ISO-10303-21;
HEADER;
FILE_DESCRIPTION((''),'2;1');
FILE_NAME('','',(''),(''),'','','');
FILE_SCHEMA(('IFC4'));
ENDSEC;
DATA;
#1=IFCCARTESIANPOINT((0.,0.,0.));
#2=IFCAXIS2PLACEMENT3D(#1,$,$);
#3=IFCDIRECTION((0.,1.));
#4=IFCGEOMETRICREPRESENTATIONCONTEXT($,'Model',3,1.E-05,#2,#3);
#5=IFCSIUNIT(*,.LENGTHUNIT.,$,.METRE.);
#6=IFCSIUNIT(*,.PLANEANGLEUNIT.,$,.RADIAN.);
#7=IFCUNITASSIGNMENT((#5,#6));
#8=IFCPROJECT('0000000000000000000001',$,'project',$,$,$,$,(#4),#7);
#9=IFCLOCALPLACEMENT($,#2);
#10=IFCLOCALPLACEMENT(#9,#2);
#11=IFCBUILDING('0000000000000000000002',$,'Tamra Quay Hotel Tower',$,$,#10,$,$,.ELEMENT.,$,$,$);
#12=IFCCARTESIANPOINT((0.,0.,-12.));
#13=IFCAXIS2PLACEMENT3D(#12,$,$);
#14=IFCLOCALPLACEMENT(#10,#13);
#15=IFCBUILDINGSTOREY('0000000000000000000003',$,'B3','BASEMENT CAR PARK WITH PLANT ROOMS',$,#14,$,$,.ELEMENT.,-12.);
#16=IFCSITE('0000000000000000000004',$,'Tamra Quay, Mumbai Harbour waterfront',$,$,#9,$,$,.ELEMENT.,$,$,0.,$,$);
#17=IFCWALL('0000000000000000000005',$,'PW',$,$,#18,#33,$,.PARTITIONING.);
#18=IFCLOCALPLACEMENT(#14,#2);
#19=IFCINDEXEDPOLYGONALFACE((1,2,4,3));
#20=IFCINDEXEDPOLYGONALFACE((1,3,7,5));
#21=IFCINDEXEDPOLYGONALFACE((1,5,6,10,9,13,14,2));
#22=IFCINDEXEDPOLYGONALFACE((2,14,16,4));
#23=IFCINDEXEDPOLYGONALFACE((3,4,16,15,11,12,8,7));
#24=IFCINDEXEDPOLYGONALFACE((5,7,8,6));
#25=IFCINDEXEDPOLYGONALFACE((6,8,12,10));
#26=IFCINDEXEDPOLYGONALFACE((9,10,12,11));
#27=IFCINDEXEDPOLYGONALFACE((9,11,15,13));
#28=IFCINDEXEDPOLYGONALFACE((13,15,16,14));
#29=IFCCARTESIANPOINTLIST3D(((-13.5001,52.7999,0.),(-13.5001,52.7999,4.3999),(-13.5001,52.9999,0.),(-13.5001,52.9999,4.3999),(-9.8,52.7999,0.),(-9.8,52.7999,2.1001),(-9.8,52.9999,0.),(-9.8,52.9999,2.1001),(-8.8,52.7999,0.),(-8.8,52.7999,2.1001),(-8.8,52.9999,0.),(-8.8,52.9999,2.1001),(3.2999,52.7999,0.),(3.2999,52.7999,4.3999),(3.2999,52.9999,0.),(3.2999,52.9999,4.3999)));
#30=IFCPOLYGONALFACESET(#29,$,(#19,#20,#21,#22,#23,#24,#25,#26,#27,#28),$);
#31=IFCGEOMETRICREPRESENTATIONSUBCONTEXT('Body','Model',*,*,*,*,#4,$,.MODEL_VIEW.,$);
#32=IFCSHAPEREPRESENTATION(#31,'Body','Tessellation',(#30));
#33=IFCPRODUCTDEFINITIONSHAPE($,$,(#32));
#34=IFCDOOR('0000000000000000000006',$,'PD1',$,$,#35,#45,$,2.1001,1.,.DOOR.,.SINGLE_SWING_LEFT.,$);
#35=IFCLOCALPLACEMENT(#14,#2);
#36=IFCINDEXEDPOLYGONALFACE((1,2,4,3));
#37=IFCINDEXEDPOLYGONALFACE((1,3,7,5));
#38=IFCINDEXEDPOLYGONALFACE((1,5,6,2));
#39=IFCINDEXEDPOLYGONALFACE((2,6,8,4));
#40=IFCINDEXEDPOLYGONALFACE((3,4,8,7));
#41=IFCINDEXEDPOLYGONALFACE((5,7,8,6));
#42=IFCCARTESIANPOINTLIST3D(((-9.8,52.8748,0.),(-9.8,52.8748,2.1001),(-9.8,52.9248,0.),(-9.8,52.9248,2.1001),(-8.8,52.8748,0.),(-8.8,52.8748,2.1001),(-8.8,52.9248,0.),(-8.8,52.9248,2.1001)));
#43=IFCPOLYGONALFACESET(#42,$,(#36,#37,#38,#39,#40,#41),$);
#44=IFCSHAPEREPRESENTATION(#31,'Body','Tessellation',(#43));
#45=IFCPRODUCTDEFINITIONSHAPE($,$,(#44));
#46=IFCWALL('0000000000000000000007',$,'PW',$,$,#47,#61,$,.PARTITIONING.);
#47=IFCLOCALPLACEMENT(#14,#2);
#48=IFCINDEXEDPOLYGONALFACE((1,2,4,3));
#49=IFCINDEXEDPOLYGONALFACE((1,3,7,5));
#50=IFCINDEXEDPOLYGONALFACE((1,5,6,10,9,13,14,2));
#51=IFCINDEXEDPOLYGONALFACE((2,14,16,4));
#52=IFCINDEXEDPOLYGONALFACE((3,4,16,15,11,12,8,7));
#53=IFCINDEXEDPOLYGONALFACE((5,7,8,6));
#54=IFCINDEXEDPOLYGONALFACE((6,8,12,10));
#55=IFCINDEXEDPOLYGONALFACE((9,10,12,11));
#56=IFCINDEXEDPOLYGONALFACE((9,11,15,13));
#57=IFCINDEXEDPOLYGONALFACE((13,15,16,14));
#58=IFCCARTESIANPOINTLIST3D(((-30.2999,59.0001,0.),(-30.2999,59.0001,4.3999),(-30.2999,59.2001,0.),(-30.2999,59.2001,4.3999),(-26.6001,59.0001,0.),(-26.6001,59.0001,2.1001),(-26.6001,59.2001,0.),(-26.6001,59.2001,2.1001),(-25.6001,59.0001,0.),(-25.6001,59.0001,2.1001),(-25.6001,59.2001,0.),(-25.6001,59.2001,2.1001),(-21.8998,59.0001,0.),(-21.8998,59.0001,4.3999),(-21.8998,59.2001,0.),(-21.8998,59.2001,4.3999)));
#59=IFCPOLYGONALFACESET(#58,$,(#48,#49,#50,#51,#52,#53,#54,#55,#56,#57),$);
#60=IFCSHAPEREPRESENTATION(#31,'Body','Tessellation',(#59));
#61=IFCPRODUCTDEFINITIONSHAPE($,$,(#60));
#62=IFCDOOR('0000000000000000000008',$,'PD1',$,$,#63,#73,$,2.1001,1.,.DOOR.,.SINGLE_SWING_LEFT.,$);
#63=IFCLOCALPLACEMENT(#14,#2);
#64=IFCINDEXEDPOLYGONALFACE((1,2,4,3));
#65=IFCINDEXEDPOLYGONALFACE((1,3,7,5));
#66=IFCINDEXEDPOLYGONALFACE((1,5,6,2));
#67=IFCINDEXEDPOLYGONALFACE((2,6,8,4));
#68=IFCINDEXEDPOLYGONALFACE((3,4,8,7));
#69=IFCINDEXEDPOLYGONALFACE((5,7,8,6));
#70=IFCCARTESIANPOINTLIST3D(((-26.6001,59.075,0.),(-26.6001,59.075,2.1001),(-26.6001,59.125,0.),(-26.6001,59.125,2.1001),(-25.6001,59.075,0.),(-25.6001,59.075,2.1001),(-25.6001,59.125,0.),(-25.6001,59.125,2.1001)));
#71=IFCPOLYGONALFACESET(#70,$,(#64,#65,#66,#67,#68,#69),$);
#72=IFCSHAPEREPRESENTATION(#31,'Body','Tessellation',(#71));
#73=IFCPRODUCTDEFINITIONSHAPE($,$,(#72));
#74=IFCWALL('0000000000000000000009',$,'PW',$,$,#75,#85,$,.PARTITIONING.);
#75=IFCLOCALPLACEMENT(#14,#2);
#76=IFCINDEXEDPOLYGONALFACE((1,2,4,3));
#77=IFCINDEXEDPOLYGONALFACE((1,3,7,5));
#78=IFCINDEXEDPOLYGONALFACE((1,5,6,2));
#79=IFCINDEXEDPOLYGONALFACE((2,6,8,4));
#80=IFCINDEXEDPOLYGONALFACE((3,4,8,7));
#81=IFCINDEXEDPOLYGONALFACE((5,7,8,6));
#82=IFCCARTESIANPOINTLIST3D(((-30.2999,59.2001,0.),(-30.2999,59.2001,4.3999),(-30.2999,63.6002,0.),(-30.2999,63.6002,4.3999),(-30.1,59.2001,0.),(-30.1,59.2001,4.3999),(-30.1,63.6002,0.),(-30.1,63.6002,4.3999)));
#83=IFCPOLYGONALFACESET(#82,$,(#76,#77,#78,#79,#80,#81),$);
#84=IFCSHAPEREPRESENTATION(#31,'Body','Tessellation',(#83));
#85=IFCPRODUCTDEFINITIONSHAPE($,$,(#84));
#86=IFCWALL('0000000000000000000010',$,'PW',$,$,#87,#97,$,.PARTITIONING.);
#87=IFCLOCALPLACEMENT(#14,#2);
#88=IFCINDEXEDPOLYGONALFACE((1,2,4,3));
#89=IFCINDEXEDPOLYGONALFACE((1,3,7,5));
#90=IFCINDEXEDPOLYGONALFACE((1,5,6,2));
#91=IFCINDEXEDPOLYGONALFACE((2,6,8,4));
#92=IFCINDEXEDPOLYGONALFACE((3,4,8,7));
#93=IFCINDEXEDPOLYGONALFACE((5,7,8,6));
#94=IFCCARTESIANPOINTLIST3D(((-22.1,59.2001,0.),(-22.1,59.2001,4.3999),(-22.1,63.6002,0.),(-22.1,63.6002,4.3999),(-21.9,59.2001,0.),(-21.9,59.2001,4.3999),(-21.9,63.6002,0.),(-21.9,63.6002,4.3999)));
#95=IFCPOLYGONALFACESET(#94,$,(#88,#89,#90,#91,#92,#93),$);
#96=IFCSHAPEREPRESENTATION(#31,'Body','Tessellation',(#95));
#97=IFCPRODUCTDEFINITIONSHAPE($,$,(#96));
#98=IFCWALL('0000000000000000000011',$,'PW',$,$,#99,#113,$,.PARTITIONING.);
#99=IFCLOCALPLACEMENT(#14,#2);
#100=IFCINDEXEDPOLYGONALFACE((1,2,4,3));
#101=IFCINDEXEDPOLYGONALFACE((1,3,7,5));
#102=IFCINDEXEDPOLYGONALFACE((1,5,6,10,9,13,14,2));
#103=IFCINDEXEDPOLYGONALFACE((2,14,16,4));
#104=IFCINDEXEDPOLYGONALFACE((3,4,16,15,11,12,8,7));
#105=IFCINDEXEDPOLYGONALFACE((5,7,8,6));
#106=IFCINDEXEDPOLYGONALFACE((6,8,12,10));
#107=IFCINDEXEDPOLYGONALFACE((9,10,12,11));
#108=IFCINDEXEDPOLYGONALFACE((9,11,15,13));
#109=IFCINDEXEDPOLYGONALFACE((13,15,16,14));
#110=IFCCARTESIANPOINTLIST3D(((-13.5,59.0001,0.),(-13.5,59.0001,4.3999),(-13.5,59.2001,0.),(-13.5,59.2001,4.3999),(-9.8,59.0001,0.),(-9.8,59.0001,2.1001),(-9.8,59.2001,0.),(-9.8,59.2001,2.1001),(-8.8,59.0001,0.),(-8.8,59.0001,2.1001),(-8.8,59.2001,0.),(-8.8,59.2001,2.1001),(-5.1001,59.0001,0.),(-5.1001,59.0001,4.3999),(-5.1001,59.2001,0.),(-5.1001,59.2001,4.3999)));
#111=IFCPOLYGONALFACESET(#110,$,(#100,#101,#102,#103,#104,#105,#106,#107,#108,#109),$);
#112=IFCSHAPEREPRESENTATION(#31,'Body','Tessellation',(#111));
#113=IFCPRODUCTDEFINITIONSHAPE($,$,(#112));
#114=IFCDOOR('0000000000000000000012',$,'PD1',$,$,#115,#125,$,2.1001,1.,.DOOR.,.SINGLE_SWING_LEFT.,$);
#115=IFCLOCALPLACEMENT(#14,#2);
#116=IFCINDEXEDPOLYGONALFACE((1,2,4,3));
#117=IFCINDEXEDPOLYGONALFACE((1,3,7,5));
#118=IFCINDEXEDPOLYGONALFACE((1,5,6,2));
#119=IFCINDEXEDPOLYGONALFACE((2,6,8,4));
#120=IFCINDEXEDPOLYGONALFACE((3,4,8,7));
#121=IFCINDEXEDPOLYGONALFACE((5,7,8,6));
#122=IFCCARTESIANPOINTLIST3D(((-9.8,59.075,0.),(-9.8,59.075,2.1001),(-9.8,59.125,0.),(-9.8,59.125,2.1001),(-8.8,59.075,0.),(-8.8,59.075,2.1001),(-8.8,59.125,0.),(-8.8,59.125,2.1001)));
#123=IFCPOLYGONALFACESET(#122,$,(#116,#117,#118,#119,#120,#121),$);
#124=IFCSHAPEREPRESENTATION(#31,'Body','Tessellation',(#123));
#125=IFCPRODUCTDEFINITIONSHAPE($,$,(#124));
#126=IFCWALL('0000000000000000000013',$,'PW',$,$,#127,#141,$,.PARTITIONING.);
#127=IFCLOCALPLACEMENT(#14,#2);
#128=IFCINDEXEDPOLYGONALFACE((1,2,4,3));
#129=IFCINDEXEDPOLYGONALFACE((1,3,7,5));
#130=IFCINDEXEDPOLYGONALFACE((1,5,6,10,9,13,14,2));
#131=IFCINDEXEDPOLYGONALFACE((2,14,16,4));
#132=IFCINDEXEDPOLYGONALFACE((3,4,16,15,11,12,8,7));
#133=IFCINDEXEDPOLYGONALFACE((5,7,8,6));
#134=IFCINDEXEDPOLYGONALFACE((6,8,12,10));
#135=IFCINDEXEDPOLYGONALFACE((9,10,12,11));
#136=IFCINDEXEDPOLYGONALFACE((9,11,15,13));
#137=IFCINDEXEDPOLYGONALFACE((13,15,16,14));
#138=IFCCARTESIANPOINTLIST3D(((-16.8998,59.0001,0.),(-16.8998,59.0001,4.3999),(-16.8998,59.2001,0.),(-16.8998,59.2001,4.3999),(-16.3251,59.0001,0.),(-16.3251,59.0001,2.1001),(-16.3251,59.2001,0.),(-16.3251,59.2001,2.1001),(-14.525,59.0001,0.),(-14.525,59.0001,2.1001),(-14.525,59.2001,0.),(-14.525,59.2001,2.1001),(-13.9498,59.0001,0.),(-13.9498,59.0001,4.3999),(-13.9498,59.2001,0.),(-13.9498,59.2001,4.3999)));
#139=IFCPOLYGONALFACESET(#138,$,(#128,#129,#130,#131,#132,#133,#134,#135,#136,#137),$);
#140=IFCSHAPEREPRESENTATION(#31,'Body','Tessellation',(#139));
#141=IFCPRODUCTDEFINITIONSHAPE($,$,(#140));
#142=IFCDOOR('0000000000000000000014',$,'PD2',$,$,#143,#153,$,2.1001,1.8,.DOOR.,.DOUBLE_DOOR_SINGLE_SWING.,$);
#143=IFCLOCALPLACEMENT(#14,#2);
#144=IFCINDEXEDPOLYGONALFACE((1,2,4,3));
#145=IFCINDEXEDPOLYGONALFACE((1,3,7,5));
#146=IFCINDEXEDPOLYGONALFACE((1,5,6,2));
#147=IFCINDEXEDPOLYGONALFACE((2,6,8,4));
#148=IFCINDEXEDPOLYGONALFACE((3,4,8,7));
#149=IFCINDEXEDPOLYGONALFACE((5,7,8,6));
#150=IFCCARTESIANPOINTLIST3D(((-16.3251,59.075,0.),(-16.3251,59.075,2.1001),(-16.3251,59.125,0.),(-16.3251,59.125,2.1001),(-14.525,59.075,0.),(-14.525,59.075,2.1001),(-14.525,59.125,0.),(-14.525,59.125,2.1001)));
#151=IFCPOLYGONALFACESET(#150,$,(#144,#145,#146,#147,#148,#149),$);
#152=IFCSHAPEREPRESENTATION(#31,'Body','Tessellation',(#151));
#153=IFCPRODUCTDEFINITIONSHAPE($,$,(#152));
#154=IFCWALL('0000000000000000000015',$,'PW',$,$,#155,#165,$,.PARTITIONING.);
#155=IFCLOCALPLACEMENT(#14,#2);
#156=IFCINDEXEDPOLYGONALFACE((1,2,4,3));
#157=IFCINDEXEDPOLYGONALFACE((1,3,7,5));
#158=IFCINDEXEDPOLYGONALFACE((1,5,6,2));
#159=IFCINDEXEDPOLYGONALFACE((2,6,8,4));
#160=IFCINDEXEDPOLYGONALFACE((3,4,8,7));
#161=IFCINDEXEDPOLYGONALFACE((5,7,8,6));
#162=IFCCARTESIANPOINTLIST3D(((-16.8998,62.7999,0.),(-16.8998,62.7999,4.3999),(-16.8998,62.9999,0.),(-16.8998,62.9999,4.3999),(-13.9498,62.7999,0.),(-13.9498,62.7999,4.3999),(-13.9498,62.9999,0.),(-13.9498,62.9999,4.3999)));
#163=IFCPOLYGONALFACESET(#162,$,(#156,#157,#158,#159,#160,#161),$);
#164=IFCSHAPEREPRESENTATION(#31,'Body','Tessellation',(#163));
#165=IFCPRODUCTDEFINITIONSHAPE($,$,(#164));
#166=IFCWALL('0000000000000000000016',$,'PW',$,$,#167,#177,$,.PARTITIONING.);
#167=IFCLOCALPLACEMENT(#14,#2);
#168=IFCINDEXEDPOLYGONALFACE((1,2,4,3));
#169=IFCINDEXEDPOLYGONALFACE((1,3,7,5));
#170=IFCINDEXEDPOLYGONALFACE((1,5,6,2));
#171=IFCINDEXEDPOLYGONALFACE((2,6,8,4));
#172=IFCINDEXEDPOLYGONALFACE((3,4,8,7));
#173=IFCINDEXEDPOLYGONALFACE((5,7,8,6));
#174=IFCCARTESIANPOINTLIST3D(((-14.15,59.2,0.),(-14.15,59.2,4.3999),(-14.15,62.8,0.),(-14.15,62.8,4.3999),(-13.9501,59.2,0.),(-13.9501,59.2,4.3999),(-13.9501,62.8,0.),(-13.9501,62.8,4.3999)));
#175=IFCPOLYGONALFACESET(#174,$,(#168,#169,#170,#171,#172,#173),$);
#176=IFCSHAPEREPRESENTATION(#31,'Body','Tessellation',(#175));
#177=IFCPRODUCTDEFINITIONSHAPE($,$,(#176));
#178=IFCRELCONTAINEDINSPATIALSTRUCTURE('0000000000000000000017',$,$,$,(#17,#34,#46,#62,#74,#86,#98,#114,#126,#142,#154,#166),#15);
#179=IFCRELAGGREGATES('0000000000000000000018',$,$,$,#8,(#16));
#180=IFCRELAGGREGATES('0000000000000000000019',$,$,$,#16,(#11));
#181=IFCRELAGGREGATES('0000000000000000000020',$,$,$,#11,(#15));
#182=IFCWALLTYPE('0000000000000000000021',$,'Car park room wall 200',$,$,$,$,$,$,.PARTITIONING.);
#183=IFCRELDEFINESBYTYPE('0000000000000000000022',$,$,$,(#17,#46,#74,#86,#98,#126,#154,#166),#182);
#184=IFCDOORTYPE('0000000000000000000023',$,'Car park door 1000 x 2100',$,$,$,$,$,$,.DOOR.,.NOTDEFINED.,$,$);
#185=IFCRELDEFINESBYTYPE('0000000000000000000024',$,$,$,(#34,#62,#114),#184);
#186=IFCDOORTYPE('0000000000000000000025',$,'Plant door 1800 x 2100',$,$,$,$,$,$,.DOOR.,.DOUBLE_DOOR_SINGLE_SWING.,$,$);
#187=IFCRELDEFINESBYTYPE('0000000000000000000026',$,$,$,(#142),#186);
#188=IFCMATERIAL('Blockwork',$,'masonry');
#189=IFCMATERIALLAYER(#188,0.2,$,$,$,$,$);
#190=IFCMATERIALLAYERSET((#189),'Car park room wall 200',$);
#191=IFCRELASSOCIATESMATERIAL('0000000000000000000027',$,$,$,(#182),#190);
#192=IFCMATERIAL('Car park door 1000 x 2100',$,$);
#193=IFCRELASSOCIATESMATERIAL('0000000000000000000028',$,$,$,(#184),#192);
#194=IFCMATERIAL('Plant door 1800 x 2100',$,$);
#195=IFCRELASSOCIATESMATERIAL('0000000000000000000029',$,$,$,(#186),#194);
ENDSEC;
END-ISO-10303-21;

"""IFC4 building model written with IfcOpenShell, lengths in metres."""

from ifc_helpers import new_model, si_unit, direction, frame, frame_2d, origin, place, context, subcontext, project, spatial, rectangle, extrude, material, layer, layer_set, type_object, element, fill, save


model = new_model("IFC4")

# Units and contexts
model_context = context("Model", 3, precision=1e-05, world=origin(), true_north=direction((0.0, 1.0)))
body_context = subcontext(model_context, "Body", "Model", "MODEL_VIEW")
ifc_project = project(units=[si_unit("LENGTHUNIT", "METRE"), si_unit("PLANEANGLEUNIT", "RADIAN")], contexts=[model_context])

# Site, building, storey
site_placement = place(None, origin())
site = spatial("IfcSite", under=ifc_project, at=site_placement, Name="Tamra Quay, Mumbai Harbour waterfront", CompositionType="ELEMENT", RefElevation=0.0)
building_placement = place(site_placement, origin())
building = spatial("IfcBuilding", under=site, at=building_placement, Name="Tamra Quay Hotel Tower", CompositionType="ELEMENT")
storey_placement = place(building_placement, frame((0.0, 0.0, -12.0)))
storey = spatial("IfcBuildingStorey", under=building, at=storey_placement, Name="B3", Description="BASEMENT CAR PARK WITH PLANT ROOMS", CompositionType="ELEMENT", Elevation=-12.0)

# Shared definitions
ifc_material_1 = material(Name="Blockwork", Category="masonry")
ifc_layer_1 = layer(ifc_material_1, 0.2)
ifc_layer_set_1 = layer_set([ifc_layer_1], Name="Car park room wall 200")
wall_type_1 = type_object("IfcWallType", Name="Car park room wall 200", PredefinedType="PARTITIONING", material=ifc_layer_set_1)

# Shared definitions
ifc_material_2 = material(Name="Car park door 1000 x 2100")
door_type_1 = type_object("IfcDoorType", Name="Car park door 1000 x 2100", OperationType="NOTDEFINED", PredefinedType="DOOR", material=ifc_material_2)

# Walls, openings, doors
wall_1_placement = place(storey_placement, frame((-13.5, 52.8999, 0.0), z_axis=(0.0, 0.0, 1.0), x_axis=(1.0, 0.0, 0.0)))
wall_1 = element("IfcWall", 1, at=wall_1_placement, inside=storey, type_object=wall_type_1, Name="PW", PredefinedType="PARTITIONING", context=body_context, shape_type="SweptSolid", body=[
    extrude(rectangle(XDim=16.8, YDim=0.2, at=frame_2d((8.3999, 0.0))), origin(), (0.0, 0.0, 1.0), 4.3999),
])
opening_1_placement = place(wall_1_placement, frame((3.7, 0.0, 0.0)))
opening_1 = element("IfcOpeningElement", 2, at=opening_1_placement, cuts=wall_1, PredefinedType="OPENING", context=body_context, shape_type="SweptSolid", body=[
    extrude(rectangle(XDim=1.0, YDim=2.1001, at=frame_2d((0.5, 1.05))), frame((0.0, 0.1099, 0.0), z_axis=(0.0, -1.0, 0.0), x_axis=(1.0, 0.0, 0.0)), (0.0, 0.0, 1.0), 0.22),
])
door_1_placement = place(opening_1_placement, origin())
door_1 = element("IfcDoor", 3, at=door_1_placement, inside=storey, type_object=door_type_1, Name="PD1", OperationType="SINGLE_SWING_LEFT", OverallHeight=2.1001, OverallWidth=1.0, PredefinedType="DOOR", context=body_context, shape_type="SweptSolid", body=[
    extrude(rectangle(XDim=1.0, YDim=2.1001, at=frame_2d((0.5, 1.05))), frame((0.0, 0.0249, 0.0), z_axis=(0.0, -1.0, 0.0), x_axis=(1.0, 0.0, 0.0)), (0.0, 0.0, 1.0), 0.05),
])
fill(opening_1, door_1)
wall_2_placement = place(storey_placement, frame((-30.3, 59.1001, 0.0), z_axis=(0.0, 0.0, 1.0), x_axis=(1.0, 0.0, 0.0)))
wall_2 = element("IfcWall", 4, at=wall_2_placement, inside=storey, type_object=wall_type_1, Name="PW", PredefinedType="PARTITIONING", context=body_context, shape_type="SweptSolid", body=[
    extrude(rectangle(XDim=8.4001, YDim=0.2, at=frame_2d((4.2002, 0.0))), origin(), (0.0, 0.0, 1.0), 4.3999),
])
opening_2_placement = place(wall_2_placement, frame((3.7, 0.0, 0.0)))
opening_2 = element("IfcOpeningElement", 5, at=opening_2_placement, cuts=wall_2, PredefinedType="OPENING", context=body_context, shape_type="SweptSolid", body=[
    extrude(rectangle(XDim=1.0, YDim=2.1001, at=frame_2d((0.5, 1.05))), frame((0.0, 0.1099, 0.0), z_axis=(0.0, -1.0, 0.0), x_axis=(1.0, 0.0, 0.0)), (0.0, 0.0, 1.0), 0.22),
])
door_2_placement = place(opening_2_placement, origin())
door_2 = element("IfcDoor", 6, at=door_2_placement, inside=storey, type_object=door_type_1, Name="PD1", OperationType="SINGLE_SWING_LEFT", OverallHeight=2.1001, OverallWidth=1.0, PredefinedType="DOOR", context=body_context, shape_type="SweptSolid", body=[
    extrude(rectangle(XDim=1.0, YDim=2.1001, at=frame_2d((0.5, 1.05))), frame((0.0, 0.0249, 0.0), z_axis=(0.0, -1.0, 0.0), x_axis=(1.0, 0.0, 0.0)), (0.0, 0.0, 1.0), 0.05),
])
fill(opening_2, door_2)

# Walls
for number, where, z_axis, x_axis, name in (
    (7, (-30.2, 59.2, 0.0), (0.0, 0.0, 1.0), (0.0, 1.0, 0.0), "PW"),
    (8, (-22.0, 59.2, 0.0), (0.0, 0.0, 1.0), (0.0, 1.0, 0.0), "PW"),
):
    element("IfcWall", number, at=place(storey_placement, frame(where, z_axis=z_axis, x_axis=x_axis)), inside=storey, type_object=wall_type_1, Name=name, PredefinedType="PARTITIONING", context=body_context, shape_type="SweptSolid", body=[
        extrude(rectangle(XDim=4.4001, YDim=0.2, at=frame_2d((2.2002, 0.0))), origin(), (0.0, 0.0, 1.0), 4.3999),
    ])

# Walls, openings, doors
wall_3_placement = place(storey_placement, frame((-13.5, 59.1001, 0.0), z_axis=(0.0, 0.0, 1.0), x_axis=(1.0, 0.0, 0.0)))
wall_3 = element("IfcWall", 9, at=wall_3_placement, inside=storey, type_object=wall_type_1, Name="PW", PredefinedType="PARTITIONING", context=body_context, shape_type="SweptSolid", body=[
    extrude(rectangle(XDim=8.3999, YDim=0.2, at=frame_2d((4.2, 0.0))), origin(), (0.0, 0.0, 1.0), 4.3999),
])
opening_3_placement = place(wall_3_placement, frame((3.7, 0.0, 0.0)))
opening_3 = element("IfcOpeningElement", 10, at=opening_3_placement, cuts=wall_3, PredefinedType="OPENING", context=body_context, shape_type="SweptSolid", body=[
    extrude(rectangle(XDim=1.0, YDim=2.1001, at=frame_2d((0.5, 1.05))), frame((0.0, 0.1099, 0.0), z_axis=(0.0, -1.0, 0.0), x_axis=(1.0, 0.0, 0.0)), (0.0, 0.0, 1.0), 0.22),
])
door_3_placement = place(opening_3_placement, origin())
door_3 = element("IfcDoor", 11, at=door_3_placement, inside=storey, type_object=door_type_1, Name="PD1", OperationType="SINGLE_SWING_LEFT", OverallHeight=2.1001, OverallWidth=1.0, PredefinedType="DOOR", context=body_context, shape_type="SweptSolid", body=[
    extrude(rectangle(XDim=1.0, YDim=2.1001, at=frame_2d((0.5, 1.05))), frame((0.0, 0.0249, 0.0), z_axis=(0.0, -1.0, 0.0), x_axis=(1.0, 0.0, 0.0)), (0.0, 0.0, 1.0), 0.05),
])
fill(opening_3, door_3)
wall_4_placement = place(storey_placement, frame((-16.8999, 59.1001, 0.0), z_axis=(0.0, 0.0, 1.0), x_axis=(1.0, 0.0, 0.0)))
wall_4 = element("IfcWall", 12, at=wall_4_placement, inside=storey, type_object=wall_type_1, Name="PW", PredefinedType="PARTITIONING", context=body_context, shape_type="SweptSolid", body=[
    extrude(rectangle(XDim=2.95, YDim=0.2, at=frame_2d((1.4751, 0.0))), origin(), (0.0, 0.0, 1.0), 4.3999),
])
opening_4_placement = place(wall_4_placement, frame((0.575, 0.0, 0.0)))
opening_4 = element("IfcOpeningElement", 13, at=opening_4_placement, cuts=wall_4, PredefinedType="OPENING", context=body_context, shape_type="SweptSolid", body=[
    extrude(rectangle(XDim=1.8, YDim=2.1001, at=frame_2d((0.8999, 1.05))), frame((0.0, 0.1099, 0.0), z_axis=(0.0, -1.0, 0.0), x_axis=(1.0, 0.0, 0.0)), (0.0, 0.0, 1.0), 0.22),
])
ifc_material_3 = material(Name="Plant door 1800 x 2100")
door_type_2 = type_object("IfcDoorType", Name="Plant door 1800 x 2100", OperationType="DOUBLE_DOOR_SINGLE_SWING", PredefinedType="DOOR", material=ifc_material_3)
door_4_placement = place(opening_4_placement, origin())
door_4 = element("IfcDoor", 14, at=door_4_placement, inside=storey, type_object=door_type_2, Name="PD2", OperationType="DOUBLE_DOOR_SINGLE_SWING", OverallHeight=2.1001, OverallWidth=1.8, PredefinedType="DOOR", context=body_context, shape_type="SweptSolid", body=[
    extrude(rectangle(XDim=1.8, YDim=2.1001, at=frame_2d((0.8999, 1.05))), frame((0.0, 0.0249, 0.0), z_axis=(0.0, -1.0, 0.0), x_axis=(1.0, 0.0, 0.0)), (0.0, 0.0, 1.0), 0.05),
])
fill(opening_4, door_4)

# Walls
wall_5_placement = place(storey_placement, frame((-16.8999, 62.8999, 0.0), z_axis=(0.0, 0.0, 1.0), x_axis=(1.0, 0.0, 0.0)))
element("IfcWall", 15, at=wall_5_placement, inside=storey, type_object=wall_type_1, Name="PW", PredefinedType="PARTITIONING", context=body_context, shape_type="SweptSolid", body=[
    extrude(rectangle(XDim=2.95, YDim=0.2, at=frame_2d((1.4751, 0.0))), origin(), (0.0, 0.0, 1.0), 4.3999),
])
wall_6_placement = place(storey_placement, frame((-14.05, 59.2, 0.0), z_axis=(0.0, 0.0, 1.0), x_axis=(0.0, 1.0, 0.0)))
element("IfcWall", 16, at=wall_6_placement, inside=storey, type_object=wall_type_1, Name="PW", PredefinedType="PARTITIONING", context=body_context, shape_type="SweptSolid", body=[
    extrude(rectangle(XDim=3.6001, YDim=0.2, at=frame_2d((1.8, 0.0))), origin(), (0.0, 0.0, 1.0), 4.3999),
])

save(model, "model.ifc")
